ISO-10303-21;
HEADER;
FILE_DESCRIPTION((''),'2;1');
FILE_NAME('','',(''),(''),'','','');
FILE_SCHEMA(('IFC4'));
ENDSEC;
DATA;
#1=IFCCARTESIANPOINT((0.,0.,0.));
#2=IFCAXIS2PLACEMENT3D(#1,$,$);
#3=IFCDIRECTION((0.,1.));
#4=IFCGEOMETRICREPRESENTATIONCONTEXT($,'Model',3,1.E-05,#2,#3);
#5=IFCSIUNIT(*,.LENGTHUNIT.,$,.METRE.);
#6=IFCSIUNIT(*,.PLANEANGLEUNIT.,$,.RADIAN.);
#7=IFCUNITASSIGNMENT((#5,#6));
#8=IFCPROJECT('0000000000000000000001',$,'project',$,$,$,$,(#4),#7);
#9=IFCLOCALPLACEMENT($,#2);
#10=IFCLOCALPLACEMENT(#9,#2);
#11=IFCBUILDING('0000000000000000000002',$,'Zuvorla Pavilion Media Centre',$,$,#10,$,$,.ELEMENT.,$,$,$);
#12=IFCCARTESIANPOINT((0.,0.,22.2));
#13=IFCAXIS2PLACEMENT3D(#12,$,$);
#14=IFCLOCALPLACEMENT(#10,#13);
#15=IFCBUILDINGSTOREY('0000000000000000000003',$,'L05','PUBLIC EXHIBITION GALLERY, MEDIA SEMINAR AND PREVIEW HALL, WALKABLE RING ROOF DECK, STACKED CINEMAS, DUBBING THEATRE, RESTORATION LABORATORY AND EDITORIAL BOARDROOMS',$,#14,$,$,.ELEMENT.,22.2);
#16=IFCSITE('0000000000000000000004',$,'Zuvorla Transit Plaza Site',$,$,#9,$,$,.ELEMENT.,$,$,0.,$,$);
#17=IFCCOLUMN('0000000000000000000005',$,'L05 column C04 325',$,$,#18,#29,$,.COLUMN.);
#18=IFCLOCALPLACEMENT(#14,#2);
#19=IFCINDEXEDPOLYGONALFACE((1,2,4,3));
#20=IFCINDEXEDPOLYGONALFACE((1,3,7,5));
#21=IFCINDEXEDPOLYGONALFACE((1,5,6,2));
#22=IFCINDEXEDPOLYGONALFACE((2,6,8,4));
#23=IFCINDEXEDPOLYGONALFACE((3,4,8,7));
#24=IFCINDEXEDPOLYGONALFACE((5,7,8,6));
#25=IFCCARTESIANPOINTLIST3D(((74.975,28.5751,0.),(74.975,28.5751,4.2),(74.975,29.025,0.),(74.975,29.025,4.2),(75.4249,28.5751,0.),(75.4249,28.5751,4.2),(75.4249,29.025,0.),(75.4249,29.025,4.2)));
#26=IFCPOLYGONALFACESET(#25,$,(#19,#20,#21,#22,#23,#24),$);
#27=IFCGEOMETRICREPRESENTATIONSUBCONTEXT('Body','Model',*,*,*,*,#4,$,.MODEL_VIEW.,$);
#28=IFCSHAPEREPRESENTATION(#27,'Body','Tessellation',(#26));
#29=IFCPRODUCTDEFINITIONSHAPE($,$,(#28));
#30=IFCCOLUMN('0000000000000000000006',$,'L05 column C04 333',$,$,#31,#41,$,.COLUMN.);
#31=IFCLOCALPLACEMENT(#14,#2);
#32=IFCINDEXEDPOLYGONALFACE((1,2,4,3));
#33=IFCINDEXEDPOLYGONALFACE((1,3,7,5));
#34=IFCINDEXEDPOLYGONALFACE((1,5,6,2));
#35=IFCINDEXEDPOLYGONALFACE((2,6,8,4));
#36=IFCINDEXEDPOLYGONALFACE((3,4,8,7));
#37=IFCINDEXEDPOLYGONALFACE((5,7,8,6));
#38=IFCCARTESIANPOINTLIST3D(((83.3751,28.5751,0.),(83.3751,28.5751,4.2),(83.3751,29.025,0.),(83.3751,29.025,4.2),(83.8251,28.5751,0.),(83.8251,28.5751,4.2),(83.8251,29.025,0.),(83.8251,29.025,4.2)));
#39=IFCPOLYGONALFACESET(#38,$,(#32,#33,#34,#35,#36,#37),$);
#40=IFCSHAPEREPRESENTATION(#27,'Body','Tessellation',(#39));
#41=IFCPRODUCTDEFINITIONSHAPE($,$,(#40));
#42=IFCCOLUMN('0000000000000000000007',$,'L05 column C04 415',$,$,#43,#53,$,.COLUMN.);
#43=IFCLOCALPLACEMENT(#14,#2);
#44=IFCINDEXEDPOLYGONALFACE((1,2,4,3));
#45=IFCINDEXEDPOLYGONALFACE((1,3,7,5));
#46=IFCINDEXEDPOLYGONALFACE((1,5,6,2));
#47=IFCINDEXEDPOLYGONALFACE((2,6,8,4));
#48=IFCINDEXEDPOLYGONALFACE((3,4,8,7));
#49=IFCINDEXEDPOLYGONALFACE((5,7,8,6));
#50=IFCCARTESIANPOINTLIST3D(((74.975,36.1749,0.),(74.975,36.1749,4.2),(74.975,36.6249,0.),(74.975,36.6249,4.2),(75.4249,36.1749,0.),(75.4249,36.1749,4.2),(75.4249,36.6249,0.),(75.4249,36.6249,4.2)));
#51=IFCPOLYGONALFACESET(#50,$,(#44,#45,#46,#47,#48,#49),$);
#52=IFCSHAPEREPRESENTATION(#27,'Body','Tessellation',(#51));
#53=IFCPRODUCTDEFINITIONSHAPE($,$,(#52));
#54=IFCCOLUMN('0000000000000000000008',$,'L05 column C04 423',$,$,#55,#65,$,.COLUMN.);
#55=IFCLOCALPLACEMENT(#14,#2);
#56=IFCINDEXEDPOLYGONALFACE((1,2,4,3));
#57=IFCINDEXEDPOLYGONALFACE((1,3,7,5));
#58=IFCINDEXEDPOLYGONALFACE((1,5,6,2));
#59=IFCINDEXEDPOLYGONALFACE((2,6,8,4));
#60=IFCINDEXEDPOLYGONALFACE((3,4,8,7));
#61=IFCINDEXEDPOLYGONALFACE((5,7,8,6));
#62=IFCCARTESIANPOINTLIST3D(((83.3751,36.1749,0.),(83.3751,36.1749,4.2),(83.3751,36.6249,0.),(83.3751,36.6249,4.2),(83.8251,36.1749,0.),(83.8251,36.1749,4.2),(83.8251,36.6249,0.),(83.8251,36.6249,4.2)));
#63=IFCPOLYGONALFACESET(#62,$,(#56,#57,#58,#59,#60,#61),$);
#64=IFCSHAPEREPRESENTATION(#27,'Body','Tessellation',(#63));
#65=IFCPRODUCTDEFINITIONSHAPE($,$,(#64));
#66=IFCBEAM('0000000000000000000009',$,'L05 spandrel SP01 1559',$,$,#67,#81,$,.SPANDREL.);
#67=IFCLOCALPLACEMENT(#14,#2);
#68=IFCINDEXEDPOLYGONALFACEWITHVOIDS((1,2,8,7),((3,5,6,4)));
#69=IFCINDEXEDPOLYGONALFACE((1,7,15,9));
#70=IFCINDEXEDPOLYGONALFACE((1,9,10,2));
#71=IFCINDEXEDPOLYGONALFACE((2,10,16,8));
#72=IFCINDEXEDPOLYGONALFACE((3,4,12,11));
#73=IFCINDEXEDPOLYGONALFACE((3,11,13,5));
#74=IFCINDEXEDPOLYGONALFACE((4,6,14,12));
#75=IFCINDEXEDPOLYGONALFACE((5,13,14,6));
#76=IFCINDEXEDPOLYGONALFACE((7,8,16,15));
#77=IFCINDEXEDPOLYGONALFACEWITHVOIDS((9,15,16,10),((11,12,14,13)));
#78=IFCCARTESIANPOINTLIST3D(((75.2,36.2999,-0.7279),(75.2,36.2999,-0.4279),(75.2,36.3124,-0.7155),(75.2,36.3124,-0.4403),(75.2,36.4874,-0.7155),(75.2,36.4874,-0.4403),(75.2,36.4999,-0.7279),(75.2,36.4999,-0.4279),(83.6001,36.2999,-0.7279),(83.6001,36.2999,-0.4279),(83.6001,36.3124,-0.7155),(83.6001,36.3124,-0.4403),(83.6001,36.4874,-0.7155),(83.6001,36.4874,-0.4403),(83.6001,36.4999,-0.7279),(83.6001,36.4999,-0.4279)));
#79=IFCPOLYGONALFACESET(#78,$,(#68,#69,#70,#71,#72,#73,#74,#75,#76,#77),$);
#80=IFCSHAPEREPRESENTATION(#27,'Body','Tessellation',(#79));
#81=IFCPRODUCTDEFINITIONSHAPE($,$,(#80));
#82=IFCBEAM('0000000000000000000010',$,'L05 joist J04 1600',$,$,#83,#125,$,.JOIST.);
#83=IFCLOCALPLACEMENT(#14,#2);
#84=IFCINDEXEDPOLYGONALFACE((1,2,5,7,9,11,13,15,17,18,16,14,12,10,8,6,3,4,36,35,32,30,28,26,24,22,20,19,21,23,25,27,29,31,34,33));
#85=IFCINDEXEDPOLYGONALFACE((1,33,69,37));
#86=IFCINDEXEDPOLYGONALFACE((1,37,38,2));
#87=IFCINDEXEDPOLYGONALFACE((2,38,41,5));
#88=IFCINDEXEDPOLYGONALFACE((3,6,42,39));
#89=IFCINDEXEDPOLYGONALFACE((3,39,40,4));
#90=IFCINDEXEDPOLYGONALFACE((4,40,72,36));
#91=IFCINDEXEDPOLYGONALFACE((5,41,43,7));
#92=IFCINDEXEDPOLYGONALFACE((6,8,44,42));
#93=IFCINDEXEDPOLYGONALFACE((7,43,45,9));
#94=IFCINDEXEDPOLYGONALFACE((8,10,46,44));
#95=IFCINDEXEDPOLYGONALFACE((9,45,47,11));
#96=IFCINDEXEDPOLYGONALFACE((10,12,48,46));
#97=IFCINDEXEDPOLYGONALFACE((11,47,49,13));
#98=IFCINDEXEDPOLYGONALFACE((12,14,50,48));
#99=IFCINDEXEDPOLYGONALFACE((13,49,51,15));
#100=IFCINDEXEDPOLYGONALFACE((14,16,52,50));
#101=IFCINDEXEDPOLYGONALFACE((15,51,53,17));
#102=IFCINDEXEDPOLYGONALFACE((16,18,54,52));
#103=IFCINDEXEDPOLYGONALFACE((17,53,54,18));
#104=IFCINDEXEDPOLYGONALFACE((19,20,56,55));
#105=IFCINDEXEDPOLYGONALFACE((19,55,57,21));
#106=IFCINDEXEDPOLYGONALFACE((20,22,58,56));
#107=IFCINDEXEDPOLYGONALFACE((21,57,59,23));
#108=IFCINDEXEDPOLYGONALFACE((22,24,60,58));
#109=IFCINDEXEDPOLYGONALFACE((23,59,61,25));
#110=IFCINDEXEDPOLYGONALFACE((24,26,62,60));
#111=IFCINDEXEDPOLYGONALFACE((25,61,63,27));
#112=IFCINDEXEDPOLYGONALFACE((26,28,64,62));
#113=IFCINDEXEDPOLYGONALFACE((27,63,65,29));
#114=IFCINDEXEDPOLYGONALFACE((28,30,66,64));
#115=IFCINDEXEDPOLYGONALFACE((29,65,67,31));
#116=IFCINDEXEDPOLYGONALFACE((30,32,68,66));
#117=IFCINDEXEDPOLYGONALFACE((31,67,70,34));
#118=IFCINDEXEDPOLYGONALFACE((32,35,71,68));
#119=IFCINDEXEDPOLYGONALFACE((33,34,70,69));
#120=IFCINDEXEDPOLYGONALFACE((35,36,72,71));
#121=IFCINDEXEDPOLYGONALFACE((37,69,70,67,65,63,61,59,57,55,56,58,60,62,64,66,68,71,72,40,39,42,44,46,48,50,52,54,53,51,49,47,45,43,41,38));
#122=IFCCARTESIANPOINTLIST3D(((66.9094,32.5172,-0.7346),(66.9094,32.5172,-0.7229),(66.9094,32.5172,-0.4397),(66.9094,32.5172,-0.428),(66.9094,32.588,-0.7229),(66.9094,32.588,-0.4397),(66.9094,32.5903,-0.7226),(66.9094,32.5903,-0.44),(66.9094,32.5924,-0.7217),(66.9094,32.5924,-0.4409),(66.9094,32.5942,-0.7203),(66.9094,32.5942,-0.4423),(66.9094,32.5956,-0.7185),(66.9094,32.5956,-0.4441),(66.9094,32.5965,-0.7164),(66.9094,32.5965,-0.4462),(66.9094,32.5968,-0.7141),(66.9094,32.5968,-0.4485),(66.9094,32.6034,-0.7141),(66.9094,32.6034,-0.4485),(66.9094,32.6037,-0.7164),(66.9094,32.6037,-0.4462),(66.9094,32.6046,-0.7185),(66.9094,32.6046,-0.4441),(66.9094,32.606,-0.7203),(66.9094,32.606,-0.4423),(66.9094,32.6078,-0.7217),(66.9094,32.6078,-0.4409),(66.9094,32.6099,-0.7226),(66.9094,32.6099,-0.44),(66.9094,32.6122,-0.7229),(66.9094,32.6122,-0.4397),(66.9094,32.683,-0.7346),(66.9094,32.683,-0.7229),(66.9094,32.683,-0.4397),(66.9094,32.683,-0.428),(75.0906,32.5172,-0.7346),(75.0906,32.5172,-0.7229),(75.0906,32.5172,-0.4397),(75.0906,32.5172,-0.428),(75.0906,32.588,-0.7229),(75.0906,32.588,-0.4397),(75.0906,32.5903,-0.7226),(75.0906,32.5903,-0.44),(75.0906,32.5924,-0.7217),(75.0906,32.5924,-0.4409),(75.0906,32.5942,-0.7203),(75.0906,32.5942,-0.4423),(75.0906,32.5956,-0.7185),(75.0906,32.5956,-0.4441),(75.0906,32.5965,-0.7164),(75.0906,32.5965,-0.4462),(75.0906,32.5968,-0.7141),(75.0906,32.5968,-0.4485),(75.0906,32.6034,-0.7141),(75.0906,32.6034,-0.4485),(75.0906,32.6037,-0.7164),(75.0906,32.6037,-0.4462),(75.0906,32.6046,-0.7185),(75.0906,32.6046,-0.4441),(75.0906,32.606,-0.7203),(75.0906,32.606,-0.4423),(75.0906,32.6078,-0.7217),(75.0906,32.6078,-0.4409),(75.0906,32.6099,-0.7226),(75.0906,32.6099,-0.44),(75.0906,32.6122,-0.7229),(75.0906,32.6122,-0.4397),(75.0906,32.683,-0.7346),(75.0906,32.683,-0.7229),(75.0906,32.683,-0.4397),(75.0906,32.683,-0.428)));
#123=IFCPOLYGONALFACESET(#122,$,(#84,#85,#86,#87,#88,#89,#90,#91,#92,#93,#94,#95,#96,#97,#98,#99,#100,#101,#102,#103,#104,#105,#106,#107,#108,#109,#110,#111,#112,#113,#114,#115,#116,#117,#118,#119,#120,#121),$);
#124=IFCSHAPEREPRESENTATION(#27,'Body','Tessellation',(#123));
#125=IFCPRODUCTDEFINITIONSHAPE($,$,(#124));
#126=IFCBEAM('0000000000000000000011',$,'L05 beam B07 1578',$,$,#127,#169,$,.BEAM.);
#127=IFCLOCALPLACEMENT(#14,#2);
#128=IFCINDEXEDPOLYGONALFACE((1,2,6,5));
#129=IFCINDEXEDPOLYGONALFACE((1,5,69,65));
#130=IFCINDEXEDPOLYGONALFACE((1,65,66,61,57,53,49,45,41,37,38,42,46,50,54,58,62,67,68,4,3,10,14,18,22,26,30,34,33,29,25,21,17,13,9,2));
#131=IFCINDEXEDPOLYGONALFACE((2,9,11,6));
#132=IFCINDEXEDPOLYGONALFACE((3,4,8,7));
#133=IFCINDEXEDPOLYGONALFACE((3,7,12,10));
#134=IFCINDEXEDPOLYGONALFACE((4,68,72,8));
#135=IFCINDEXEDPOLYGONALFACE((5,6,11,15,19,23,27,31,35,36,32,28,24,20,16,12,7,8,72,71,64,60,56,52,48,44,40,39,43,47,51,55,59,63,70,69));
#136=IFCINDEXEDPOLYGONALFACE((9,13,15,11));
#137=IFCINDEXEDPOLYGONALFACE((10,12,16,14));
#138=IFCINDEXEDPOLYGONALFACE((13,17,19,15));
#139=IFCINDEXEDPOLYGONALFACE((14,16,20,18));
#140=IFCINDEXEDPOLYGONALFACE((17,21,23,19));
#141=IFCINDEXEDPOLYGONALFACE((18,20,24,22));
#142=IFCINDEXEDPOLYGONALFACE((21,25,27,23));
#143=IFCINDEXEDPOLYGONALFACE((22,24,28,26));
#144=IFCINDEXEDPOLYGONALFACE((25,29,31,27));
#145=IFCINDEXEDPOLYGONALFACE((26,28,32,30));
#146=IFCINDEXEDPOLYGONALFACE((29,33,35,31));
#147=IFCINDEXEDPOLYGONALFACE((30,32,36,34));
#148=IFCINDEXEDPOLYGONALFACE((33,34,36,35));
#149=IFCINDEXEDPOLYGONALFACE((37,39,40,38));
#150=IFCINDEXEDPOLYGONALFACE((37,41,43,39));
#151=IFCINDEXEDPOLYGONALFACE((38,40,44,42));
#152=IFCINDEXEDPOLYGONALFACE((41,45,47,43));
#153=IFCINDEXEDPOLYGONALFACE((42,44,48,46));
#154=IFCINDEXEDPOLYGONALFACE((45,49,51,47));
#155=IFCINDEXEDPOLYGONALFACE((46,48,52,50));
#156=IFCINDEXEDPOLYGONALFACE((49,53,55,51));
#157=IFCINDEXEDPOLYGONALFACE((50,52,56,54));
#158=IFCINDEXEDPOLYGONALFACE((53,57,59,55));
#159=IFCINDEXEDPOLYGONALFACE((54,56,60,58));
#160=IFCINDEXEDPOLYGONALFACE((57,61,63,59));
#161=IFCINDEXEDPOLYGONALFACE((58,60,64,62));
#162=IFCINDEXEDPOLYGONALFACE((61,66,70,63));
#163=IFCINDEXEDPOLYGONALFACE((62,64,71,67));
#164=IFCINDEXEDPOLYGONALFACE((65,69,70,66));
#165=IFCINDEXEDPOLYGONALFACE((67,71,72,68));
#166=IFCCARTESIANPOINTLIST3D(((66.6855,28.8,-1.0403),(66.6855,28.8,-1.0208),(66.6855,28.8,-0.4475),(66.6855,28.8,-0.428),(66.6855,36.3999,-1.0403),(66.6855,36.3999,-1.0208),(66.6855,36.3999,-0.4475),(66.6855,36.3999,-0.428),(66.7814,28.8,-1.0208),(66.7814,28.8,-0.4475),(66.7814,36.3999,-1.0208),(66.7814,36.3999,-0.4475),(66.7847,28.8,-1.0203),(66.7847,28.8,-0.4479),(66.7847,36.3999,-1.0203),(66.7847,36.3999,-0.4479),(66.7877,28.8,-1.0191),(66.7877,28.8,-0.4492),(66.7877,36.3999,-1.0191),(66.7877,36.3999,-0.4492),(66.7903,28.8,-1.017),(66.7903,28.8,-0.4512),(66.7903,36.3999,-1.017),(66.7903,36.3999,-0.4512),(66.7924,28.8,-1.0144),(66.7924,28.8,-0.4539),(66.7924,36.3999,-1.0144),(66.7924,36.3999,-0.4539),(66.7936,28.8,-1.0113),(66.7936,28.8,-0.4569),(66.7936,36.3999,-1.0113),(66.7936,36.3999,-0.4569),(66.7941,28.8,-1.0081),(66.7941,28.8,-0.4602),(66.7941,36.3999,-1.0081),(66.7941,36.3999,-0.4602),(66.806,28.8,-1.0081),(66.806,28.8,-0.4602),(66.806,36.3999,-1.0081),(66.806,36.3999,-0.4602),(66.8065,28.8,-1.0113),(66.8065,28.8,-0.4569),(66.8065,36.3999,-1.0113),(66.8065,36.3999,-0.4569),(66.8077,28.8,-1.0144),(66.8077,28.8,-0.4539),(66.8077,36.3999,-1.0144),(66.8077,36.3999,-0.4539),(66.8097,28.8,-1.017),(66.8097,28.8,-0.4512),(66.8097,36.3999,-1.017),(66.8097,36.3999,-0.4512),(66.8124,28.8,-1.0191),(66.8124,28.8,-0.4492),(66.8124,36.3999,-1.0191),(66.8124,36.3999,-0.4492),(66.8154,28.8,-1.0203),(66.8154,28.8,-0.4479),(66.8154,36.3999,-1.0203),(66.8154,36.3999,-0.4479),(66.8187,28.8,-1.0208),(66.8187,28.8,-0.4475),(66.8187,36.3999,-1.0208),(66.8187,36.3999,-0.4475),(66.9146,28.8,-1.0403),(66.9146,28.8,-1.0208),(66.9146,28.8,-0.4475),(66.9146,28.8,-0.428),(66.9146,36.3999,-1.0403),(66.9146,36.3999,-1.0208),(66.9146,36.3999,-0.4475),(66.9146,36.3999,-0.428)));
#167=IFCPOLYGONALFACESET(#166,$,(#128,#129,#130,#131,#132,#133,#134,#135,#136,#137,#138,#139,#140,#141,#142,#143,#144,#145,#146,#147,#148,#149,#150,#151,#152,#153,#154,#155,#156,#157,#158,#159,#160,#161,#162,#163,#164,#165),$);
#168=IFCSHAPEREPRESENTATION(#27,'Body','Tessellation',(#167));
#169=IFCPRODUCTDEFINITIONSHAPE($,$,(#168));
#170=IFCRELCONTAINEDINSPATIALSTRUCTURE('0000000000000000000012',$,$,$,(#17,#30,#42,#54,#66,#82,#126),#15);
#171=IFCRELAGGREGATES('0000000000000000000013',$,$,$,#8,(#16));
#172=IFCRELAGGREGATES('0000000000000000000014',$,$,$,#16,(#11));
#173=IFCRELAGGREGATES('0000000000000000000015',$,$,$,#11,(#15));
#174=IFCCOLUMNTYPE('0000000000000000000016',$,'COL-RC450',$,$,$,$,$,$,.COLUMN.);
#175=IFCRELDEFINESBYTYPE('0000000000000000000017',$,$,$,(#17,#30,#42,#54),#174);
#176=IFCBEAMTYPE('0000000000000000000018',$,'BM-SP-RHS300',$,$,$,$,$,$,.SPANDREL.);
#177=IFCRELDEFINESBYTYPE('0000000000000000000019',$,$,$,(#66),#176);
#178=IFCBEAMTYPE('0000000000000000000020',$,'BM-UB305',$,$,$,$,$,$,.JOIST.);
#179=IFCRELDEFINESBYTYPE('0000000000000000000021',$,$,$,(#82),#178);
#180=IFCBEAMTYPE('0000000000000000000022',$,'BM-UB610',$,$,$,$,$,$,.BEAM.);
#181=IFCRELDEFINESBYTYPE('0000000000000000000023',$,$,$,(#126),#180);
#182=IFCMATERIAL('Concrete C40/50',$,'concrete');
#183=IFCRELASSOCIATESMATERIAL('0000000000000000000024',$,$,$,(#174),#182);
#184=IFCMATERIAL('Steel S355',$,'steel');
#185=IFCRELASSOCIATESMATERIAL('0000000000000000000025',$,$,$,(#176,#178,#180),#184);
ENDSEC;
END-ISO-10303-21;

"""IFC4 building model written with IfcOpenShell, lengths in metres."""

from ifc_helpers import new_model, si_unit, direction, frame, origin, origin_2d, place, context, subcontext, project, spatial, rectangle, hollow_rectangle, i_section, extrude, material, material_profile, profile_set, type_object, element, save


model = new_model("IFC4")

# Units and contexts
model_context = context("Model", 3, precision=1e-05, world=origin(), true_north=direction((0.0, 1.0)))
body_context = subcontext(model_context, "Body", "Model", "MODEL_VIEW")
ifc_project = project(units=[si_unit("LENGTHUNIT", "METRE"), si_unit("PLANEANGLEUNIT", "RADIAN")], contexts=[model_context])

# Site, building, storey
site_placement = place(None, origin())
site = spatial("IfcSite", under=ifc_project, at=site_placement, Name="Zuvorla Transit Plaza Site", CompositionType="ELEMENT", RefElevation=0.0)
building_placement = place(site_placement, origin())
building = spatial("IfcBuilding", under=site, at=building_placement, Name="Zuvorla Pavilion Media Centre", CompositionType="ELEMENT")
storey_placement = place(building_placement, frame((0.0, 0.0, 22.2)))
storey = spatial("IfcBuildingStorey", under=building, at=storey_placement, Name="L05", Description="PUBLIC EXHIBITION GALLERY, MEDIA SEMINAR AND PREVIEW HALL, WALKABLE RING ROOF DECK, STACKED CINEMAS, DUBBING THEATRE, RESTORATION LABORATORY AND EDITORIAL BOARDROOMS", CompositionType="ELEMENT", Elevation=22.2)

# Columns
ifc_material_1 = material(Name="Concrete C40/50", Category="concrete")
ifc_material_profile_1 = material_profile(ifc_material_1, rectangle(XDim=0.45, YDim=0.45, at=origin_2d()), Name="RC 450x450")
ifc_profile_set_1 = profile_set([ifc_material_profile_1], Name="Concrete C40/50")
column_type = type_object("IfcColumnType", Name="COL-RC450", PredefinedType="COLUMN", material=ifc_profile_set_1)
for number, where, z_axis, x_axis, name in (
    (1, (75.2, 28.8, 0.0), (0.0, 0.0, 1.0), (1.0, 0.0, 0.0), "L05 column C04 325"),
    (2, (83.6001, 28.8, 0.0), (0.0, 0.0, 1.0), (1.0, 0.0, 0.0), "L05 column C04 333"),
    (3, (75.2, 36.3999, 0.0), (0.0, 0.0, 1.0), (1.0, 0.0, 0.0), "L05 column C04 415"),
    (4, (83.6001, 36.3999, 0.0), (0.0, 0.0, 1.0), (1.0, 0.0, 0.0), "L05 column C04 423"),
):
    element("IfcColumn", number, at=place(storey_placement, frame(where, z_axis=z_axis, x_axis=x_axis)), inside=storey, type_object=column_type, Name=name, PredefinedType="COLUMN", context=body_context, shape_type="SweptSolid", body=[
        extrude(rectangle(XDim=0.45, YDim=0.45, at=origin_2d()), origin(), (0.0, 0.0, 1.0), 4.2),
    ])

# Beams
ifc_material_2 = material(Name="Steel S355", Category="steel")
ifc_material_profile_2 = material_profile(ifc_material_2, hollow_rectangle(XDim=0.2, YDim=0.3, WallThickness=0.0125, at=origin_2d()), Name="RHS 300x200x12.5")
ifc_profile_set_2 = profile_set([ifc_material_profile_2], Name="Steel S355")
beam_type_1 = type_object("IfcBeamType", Name="BM-SP-RHS300", PredefinedType="SPANDREL", material=ifc_profile_set_2)
beam_1_placement = place(storey_placement, frame((75.2, 36.3999, -0.5779), z_axis=(1.0, 0.0, 0.0), x_axis=(0.0, 1.0, 0.0)))
element("IfcBeam", 5, at=beam_1_placement, inside=storey, type_object=beam_type_1, Name="L05 spandrel SP01 1559", PredefinedType="SPANDREL", context=body_context, shape_type="SweptSolid", body=[
    extrude(hollow_rectangle(XDim=0.2, YDim=0.3, WallThickness=0.0125, at=origin_2d()), origin(), (0.0, 0.0, 1.0), 8.4001),
])
ifc_material_profile_3 = material_profile(ifc_material_2, i_section(OverallWidth=0.1658, OverallDepth=0.3066, WebThickness=0.0066, FlangeThickness=0.0117, FilletRadius=0.0088, at=origin_2d()), Name="UB 305x165x46")
ifc_profile_set_3 = profile_set([ifc_material_profile_3], Name="Steel S355")
beam_type_2 = type_object("IfcBeamType", Name="BM-UB305", PredefinedType="JOIST", material=ifc_profile_set_3)
beam_2_placement = place(storey_placement, frame((66.9094, 32.6001, -0.5813), z_axis=(1.0, 0.0, 0.0), x_axis=(0.0, 1.0, 0.0)))
element("IfcBeam", 6, at=beam_2_placement, inside=storey, type_object=beam_type_2, Name="L05 joist J04 1600", PredefinedType="JOIST", context=body_context, shape_type="SweptSolid", body=[
    extrude(i_section(OverallWidth=0.1658, OverallDepth=0.3066, WebThickness=0.0066, FlangeThickness=0.0117, FilletRadius=0.0088, at=origin_2d()), origin(), (0.0, 0.0, 1.0), 8.1812),
])
ifc_material_profile_4 = material_profile(ifc_material_2, i_section(OverallWidth=0.229, OverallDepth=0.6123, WebThickness=0.012, FlangeThickness=0.0195, FilletRadius=0.0127, at=origin_2d()), Name="UB 610x229x125")
ifc_profile_set_4 = profile_set([ifc_material_profile_4], Name="Steel S355")
beam_type_3 = type_object("IfcBeamType", Name="BM-UB610", PredefinedType="BEAM", material=ifc_profile_set_4)
beam_3_placement = place(storey_placement, frame((66.8, 28.8, -0.7341), z_axis=(0.0, 1.0, 0.0), x_axis=(-1.0, 0.0, 0.0)))
element("IfcBeam", 7, at=beam_3_placement, inside=storey, type_object=beam_type_3, Name="L05 beam B07 1578", PredefinedType="BEAM", context=body_context, shape_type="SweptSolid", body=[
    extrude(i_section(OverallWidth=0.229, OverallDepth=0.6123, WebThickness=0.012, FlangeThickness=0.0195, FilletRadius=0.0127, at=origin_2d()), origin(), (0.0, 0.0, 1.0), 7.5999),
])

save(model, "model.ifc")
